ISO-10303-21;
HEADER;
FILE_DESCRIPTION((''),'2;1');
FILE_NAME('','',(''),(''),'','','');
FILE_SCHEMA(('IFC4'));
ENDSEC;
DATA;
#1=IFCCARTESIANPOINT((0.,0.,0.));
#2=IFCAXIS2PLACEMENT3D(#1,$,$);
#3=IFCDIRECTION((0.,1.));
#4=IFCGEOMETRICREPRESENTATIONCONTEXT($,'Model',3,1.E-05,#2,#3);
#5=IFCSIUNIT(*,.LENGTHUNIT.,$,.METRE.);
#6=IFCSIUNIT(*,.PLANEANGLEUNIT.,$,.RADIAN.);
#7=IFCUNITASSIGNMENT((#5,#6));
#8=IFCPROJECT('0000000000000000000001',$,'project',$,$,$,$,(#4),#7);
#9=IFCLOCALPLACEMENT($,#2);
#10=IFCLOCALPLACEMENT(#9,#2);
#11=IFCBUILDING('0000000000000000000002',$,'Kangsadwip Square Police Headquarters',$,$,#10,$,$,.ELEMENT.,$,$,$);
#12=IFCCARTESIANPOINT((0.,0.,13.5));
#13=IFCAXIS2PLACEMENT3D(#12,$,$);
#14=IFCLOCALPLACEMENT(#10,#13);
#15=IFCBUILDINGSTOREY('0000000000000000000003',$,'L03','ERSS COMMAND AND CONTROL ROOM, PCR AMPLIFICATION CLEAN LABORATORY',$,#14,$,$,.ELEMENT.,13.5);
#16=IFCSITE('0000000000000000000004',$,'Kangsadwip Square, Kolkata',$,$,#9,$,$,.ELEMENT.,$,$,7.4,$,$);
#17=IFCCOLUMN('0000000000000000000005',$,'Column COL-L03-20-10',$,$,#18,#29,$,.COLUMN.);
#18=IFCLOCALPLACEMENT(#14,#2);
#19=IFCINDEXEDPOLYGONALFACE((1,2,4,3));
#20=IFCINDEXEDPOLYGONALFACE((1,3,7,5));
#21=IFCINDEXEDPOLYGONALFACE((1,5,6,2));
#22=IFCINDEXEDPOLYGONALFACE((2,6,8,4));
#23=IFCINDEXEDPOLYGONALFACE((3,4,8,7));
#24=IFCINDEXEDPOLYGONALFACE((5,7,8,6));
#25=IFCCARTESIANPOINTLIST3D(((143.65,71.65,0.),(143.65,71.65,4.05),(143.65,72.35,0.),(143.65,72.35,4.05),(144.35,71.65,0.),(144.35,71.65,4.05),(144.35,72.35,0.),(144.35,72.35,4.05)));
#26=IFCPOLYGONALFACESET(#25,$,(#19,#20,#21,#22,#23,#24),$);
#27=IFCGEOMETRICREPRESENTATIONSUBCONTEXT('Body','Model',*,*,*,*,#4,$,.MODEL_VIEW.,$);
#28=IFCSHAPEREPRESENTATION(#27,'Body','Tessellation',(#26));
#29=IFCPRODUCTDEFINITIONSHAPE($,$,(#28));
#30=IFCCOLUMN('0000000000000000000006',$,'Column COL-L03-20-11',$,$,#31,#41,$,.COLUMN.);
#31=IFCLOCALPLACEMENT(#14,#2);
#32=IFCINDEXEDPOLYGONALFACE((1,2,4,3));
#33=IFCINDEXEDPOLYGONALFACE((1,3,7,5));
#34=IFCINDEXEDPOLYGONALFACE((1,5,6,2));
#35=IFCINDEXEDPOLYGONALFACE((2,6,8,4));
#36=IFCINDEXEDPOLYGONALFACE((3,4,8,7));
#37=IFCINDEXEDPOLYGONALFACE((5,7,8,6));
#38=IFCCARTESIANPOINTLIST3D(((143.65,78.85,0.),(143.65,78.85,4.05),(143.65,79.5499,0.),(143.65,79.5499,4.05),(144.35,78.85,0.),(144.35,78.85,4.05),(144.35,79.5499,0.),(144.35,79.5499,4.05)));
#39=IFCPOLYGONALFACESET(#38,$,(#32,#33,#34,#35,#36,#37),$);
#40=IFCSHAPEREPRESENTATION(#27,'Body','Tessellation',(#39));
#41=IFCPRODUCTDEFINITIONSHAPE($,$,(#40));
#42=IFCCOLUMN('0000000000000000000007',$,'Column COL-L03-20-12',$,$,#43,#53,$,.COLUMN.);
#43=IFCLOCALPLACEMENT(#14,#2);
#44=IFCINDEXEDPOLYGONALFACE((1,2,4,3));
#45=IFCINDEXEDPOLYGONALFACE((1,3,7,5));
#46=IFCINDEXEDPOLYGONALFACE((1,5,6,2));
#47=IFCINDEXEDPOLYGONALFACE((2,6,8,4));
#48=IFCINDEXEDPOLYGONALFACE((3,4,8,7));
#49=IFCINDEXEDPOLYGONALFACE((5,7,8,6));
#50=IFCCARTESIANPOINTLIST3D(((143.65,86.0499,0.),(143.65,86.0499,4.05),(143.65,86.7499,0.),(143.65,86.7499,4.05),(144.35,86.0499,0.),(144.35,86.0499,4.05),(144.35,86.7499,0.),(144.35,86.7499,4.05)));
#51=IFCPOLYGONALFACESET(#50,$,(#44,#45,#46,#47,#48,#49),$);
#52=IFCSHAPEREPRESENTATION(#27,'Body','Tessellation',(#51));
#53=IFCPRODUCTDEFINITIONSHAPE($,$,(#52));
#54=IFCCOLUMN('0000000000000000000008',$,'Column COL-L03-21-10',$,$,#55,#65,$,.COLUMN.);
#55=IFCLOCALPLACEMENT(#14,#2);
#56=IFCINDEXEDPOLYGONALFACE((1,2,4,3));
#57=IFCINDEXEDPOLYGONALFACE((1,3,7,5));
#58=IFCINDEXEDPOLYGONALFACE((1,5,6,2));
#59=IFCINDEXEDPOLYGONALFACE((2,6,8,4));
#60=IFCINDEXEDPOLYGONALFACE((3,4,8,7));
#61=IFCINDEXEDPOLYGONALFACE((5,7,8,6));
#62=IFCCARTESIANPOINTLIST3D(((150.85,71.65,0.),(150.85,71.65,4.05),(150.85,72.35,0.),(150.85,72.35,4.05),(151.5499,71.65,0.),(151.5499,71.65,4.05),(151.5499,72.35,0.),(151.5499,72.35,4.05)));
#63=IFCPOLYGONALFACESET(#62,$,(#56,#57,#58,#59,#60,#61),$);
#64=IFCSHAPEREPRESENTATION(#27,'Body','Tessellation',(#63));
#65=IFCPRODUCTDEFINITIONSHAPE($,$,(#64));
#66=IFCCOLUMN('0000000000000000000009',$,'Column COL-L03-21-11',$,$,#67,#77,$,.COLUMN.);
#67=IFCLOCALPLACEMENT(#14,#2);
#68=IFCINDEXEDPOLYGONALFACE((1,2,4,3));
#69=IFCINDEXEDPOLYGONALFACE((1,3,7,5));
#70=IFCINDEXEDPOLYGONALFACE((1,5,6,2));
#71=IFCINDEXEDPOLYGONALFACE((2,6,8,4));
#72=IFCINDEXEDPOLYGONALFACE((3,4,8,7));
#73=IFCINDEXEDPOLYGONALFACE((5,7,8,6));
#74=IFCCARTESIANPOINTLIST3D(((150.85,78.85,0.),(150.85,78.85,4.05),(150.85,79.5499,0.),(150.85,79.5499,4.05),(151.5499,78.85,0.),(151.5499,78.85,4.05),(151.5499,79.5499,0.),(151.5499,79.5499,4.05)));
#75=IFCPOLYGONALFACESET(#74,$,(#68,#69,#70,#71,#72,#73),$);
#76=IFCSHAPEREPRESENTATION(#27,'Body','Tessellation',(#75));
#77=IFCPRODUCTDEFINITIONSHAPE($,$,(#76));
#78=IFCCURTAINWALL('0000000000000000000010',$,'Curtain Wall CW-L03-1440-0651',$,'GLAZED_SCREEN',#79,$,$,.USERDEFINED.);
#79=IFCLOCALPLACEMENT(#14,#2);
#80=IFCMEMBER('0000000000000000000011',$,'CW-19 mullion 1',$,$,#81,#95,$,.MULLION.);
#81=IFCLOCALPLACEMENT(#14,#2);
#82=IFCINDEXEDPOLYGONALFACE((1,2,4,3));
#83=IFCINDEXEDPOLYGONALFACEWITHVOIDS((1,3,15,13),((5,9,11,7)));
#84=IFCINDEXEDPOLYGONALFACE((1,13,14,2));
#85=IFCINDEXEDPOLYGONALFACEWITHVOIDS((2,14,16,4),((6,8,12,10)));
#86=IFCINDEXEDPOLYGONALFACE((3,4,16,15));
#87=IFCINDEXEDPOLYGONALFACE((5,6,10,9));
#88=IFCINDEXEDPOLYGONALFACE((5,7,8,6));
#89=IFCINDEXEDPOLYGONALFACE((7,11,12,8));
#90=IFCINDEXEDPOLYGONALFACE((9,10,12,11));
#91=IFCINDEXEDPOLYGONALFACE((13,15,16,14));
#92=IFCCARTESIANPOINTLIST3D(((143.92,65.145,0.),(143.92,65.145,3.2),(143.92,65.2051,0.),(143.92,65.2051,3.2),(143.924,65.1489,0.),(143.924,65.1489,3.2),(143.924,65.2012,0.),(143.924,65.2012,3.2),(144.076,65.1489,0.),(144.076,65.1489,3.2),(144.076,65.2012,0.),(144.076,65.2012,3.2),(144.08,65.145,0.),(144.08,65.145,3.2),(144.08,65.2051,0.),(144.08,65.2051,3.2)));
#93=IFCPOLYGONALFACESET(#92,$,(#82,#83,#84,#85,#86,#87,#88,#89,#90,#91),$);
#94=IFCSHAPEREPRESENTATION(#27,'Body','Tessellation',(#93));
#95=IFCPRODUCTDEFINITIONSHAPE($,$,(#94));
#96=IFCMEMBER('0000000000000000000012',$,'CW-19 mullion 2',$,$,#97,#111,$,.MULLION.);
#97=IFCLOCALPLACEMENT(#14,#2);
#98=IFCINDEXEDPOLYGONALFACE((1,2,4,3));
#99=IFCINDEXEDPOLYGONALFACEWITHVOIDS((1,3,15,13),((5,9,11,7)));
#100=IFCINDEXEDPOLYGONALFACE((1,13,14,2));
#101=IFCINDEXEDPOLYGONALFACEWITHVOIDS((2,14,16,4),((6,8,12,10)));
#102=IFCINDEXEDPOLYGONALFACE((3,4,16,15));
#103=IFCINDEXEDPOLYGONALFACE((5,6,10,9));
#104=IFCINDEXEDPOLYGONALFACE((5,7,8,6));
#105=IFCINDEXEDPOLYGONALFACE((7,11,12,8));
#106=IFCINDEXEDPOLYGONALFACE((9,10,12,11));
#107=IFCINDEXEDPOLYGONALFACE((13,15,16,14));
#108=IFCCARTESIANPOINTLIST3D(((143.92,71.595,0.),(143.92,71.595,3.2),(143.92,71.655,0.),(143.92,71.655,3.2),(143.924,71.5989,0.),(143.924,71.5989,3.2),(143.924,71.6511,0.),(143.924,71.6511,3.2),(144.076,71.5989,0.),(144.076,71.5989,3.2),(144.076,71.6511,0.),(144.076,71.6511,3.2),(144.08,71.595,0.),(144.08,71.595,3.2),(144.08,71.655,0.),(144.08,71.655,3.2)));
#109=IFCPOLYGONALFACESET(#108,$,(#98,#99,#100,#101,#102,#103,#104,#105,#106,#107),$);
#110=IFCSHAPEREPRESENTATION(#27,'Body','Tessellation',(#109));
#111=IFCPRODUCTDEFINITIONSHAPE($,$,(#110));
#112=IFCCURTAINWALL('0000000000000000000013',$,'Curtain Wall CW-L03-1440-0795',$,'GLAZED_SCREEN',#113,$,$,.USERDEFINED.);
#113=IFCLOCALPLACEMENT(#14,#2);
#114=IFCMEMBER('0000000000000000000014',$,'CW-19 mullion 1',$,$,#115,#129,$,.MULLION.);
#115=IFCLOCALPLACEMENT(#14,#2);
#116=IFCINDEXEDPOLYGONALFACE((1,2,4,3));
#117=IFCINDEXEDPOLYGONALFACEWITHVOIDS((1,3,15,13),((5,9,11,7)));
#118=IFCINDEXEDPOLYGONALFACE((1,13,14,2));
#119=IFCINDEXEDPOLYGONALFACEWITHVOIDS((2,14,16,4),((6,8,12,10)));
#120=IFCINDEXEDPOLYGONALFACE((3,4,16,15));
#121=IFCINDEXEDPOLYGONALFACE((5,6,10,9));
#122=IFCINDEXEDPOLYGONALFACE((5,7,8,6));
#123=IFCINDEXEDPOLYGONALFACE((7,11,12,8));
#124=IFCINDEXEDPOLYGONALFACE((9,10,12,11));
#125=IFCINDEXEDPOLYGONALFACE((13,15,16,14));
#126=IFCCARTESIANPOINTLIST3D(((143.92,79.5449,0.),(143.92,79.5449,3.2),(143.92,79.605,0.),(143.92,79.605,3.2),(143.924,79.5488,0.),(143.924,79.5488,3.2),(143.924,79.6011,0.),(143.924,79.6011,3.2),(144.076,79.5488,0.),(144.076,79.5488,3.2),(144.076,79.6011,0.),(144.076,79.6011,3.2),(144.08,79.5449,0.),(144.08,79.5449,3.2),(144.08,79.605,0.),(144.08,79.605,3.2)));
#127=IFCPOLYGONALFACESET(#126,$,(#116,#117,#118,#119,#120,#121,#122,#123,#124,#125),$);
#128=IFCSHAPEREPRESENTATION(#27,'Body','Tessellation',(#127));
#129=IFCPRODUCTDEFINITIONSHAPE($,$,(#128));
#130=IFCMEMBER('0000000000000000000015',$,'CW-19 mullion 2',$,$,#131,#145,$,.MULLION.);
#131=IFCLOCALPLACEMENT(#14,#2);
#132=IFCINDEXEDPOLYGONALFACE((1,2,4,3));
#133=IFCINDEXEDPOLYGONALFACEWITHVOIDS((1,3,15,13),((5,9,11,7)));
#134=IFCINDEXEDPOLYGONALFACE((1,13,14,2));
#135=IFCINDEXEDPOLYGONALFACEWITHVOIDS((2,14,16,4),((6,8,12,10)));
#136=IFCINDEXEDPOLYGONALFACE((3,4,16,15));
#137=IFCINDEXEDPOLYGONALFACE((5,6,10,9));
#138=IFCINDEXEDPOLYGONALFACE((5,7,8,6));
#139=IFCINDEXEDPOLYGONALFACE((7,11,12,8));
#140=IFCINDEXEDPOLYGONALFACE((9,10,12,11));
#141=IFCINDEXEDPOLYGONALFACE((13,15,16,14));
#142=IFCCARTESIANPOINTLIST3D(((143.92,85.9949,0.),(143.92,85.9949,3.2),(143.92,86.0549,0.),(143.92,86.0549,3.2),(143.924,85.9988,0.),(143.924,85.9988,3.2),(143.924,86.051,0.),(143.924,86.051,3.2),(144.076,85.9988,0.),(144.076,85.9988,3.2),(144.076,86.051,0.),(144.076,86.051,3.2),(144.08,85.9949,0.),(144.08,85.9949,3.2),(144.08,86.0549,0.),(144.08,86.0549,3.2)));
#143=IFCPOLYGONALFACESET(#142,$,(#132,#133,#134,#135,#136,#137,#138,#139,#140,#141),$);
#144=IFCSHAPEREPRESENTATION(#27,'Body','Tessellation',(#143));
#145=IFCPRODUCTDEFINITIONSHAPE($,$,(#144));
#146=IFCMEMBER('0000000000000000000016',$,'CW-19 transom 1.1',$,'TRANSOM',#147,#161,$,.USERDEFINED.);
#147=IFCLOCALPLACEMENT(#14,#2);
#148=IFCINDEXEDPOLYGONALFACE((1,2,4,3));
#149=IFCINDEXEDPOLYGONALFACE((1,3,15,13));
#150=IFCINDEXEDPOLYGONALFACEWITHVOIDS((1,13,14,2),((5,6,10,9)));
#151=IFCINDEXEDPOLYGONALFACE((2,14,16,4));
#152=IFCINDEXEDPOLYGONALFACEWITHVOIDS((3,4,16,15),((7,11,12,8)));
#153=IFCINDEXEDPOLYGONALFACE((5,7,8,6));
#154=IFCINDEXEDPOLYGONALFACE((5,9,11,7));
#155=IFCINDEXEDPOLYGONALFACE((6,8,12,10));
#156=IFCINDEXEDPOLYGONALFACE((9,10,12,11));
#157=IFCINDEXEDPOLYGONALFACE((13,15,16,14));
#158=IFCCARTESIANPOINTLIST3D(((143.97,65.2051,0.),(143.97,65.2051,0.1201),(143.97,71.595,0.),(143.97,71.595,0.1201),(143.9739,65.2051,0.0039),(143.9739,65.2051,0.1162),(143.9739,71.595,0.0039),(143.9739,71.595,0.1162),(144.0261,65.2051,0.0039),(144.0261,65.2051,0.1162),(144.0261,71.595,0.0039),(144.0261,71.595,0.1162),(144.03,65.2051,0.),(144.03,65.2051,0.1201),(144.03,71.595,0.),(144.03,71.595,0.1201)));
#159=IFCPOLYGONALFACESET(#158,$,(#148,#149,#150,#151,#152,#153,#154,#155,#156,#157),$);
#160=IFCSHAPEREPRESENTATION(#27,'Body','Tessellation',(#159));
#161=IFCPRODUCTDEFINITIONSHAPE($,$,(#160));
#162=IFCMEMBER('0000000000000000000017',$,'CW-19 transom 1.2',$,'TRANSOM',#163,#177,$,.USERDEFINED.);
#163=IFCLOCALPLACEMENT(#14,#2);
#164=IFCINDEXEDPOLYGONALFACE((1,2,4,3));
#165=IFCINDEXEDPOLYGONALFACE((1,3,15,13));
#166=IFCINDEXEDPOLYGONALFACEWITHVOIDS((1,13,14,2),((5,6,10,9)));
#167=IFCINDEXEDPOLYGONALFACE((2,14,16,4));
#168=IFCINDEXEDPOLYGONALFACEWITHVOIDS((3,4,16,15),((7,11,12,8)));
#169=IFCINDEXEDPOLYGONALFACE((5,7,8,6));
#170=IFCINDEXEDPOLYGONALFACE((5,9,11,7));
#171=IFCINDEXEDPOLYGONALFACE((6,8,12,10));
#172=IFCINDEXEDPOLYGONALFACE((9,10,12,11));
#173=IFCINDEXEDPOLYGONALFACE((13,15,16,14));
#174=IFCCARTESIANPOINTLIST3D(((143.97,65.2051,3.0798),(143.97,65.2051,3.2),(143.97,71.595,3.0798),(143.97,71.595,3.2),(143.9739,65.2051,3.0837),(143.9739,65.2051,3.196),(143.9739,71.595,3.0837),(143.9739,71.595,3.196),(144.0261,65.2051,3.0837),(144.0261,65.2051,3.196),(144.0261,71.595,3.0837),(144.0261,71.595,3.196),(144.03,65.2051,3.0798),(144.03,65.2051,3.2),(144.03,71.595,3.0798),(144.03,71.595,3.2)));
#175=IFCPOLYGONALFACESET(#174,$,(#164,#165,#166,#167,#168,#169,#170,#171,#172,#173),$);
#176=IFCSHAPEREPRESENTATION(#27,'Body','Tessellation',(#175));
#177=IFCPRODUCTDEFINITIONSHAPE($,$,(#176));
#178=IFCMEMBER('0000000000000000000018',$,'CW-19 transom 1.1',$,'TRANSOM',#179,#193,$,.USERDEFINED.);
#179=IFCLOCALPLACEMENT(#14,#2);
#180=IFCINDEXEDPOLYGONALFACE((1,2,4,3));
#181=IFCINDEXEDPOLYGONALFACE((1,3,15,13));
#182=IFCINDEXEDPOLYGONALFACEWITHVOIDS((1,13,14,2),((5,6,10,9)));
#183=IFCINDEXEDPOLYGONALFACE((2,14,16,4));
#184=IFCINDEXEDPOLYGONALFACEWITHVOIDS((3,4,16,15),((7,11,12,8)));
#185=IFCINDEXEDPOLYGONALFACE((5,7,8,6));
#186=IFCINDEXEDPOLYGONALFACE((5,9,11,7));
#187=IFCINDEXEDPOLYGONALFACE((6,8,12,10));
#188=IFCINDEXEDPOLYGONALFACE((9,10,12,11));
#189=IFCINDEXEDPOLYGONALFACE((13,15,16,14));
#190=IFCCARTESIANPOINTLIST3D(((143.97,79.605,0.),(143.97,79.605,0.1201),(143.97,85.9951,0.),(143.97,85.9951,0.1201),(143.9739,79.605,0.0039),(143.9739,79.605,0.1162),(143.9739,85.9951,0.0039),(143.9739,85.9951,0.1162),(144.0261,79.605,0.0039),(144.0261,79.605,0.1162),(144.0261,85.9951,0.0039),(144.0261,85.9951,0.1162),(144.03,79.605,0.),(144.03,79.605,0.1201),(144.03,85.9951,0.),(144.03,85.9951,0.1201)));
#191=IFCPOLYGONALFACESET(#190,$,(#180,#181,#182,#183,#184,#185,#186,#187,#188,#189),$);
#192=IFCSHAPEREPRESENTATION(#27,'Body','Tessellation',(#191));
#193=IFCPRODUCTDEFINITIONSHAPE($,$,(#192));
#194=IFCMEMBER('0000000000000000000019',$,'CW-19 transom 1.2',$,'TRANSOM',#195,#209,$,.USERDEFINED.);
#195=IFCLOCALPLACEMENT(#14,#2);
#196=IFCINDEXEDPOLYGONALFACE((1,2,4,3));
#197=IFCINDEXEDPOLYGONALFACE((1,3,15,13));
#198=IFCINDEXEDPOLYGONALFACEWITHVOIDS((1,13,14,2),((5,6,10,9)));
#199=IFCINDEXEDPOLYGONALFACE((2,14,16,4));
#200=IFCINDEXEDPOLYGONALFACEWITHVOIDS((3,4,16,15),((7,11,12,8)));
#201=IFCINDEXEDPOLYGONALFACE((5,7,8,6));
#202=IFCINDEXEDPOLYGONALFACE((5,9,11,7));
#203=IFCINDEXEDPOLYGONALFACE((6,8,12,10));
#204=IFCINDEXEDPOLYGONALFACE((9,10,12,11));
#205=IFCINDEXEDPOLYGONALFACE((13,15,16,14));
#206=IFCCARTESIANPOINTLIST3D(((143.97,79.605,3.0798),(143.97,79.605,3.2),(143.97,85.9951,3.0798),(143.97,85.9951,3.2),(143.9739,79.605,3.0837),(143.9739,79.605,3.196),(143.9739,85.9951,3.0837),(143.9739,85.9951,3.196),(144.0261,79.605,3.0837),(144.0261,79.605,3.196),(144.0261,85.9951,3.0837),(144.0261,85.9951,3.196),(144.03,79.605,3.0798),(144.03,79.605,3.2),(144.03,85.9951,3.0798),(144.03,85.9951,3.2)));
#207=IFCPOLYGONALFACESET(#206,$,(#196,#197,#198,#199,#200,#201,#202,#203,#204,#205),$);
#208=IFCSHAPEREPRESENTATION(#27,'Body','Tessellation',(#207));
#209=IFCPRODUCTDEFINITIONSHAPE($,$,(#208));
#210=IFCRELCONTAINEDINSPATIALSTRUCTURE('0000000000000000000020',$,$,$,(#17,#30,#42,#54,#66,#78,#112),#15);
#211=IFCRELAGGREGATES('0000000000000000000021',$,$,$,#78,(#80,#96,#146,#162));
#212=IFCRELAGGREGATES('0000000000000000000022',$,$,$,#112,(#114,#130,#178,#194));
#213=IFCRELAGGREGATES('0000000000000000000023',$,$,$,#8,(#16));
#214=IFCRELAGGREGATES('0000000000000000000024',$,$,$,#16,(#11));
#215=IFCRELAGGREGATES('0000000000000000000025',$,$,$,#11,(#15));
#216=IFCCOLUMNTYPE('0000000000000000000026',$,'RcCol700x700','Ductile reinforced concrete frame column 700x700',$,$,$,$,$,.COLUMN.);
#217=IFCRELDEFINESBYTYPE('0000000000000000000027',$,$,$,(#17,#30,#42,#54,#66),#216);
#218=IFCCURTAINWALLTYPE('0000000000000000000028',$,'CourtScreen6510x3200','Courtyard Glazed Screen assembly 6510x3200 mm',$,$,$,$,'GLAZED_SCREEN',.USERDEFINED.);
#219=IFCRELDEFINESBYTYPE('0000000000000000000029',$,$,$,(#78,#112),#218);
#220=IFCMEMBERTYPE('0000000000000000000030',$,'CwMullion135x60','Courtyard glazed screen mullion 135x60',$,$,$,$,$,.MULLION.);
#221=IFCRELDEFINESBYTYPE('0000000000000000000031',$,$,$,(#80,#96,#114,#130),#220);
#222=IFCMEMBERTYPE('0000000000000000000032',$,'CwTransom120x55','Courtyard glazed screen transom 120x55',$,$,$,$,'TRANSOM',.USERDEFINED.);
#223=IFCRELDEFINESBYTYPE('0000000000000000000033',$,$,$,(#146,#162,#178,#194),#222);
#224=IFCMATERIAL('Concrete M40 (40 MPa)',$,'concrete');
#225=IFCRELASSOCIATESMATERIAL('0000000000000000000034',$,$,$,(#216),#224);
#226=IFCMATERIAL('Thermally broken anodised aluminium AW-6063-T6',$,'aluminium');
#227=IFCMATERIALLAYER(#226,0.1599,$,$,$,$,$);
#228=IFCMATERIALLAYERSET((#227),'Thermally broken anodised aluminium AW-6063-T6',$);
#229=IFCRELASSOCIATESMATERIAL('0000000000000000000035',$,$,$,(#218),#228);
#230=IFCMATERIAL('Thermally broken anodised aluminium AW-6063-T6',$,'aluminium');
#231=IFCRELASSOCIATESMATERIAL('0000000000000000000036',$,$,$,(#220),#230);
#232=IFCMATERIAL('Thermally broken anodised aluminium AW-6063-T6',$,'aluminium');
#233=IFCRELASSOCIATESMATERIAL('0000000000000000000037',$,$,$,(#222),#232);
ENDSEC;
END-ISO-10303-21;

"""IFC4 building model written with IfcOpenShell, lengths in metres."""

from ifc_helpers import new_model, si_unit, direction, frame, origin, origin_2d, place, context, subcontext, project, spatial, rectangle, hollow_rectangle, extrude, material, layer, layer_set, material_profile, profile_set, type_object, element, aggregate, save


model = new_model("IFC4")

# Units and contexts
model_context = context("Model", 3, precision=1e-05, world=origin(), true_north=direction((0.0, 1.0)))
body_context = subcontext(model_context, "Body", "Model", "MODEL_VIEW")
ifc_project = project(units=[si_unit("LENGTHUNIT", "METRE"), si_unit("PLANEANGLEUNIT", "RADIAN")], contexts=[model_context])

# Site, building, storey
site_placement = place(None, origin())
site = spatial("IfcSite", under=ifc_project, at=site_placement, Name="Kangsadwip Square, Kolkata", CompositionType="ELEMENT", RefElevation=7.4)
building_placement = place(site_placement, origin())
building = spatial("IfcBuilding", under=site, at=building_placement, Name="Kangsadwip Square Police Headquarters", CompositionType="ELEMENT")
storey_placement = place(building_placement, frame((0.0, 0.0, 13.5)))
storey = spatial("IfcBuildingStorey", under=building, at=storey_placement, Name="L03", Description="ERSS COMMAND AND CONTROL ROOM, PCR AMPLIFICATION CLEAN LABORATORY", CompositionType="ELEMENT", Elevation=13.5)

# Columns
ifc_material_1 = material(Name="Concrete M40 (40 MPa)", Category="concrete")
ifc_material_profile_1 = material_profile(ifc_material_1, rectangle(XDim=0.7, YDim=0.7, at=origin_2d()), Name="RC COL 700X700")
ifc_profile_set_1 = profile_set([ifc_material_profile_1], Name="Concrete M40 (40 MPa)")
column_type = type_object("IfcColumnType", Name="RcCol700x700", Description="Ductile reinforced concrete frame column 700x700", PredefinedType="COLUMN", material=ifc_profile_set_1)
for number, where, z_axis, x_axis, name in (
    (1, (144.0, 72.0, 0.0), (0.0, 0.0, 1.0), (1.0, 0.0, 0.0), "Column COL-L03-20-10"),
    (2, (144.0, 79.2, 0.0), (0.0, 0.0, 1.0), (1.0, 0.0, 0.0), "Column COL-L03-20-11"),
    (3, (144.0, 86.3999, 0.0), (0.0, 0.0, 1.0), (1.0, 0.0, 0.0), "Column COL-L03-20-12"),
    (4, (151.2, 72.0, 0.0), (0.0, 0.0, 1.0), (1.0, 0.0, 0.0), "Column COL-L03-21-10"),
    (5, (151.2, 79.2, 0.0), (0.0, 0.0, 1.0), (1.0, 0.0, 0.0), "Column COL-L03-21-11"),
):
    element("IfcColumn", number, at=place(storey_placement, frame(where, z_axis=z_axis, x_axis=x_axis)), inside=storey, type_object=column_type, Name=name, PredefinedType="COLUMN", context=body_context, shape_type="SweptSolid", body=[
        extrude(rectangle(XDim=0.7, YDim=0.7, at=origin_2d()), origin(), (0.0, 0.0, 1.0), 4.05),
    ])

# Curtain walls, members
ifc_material_2 = material(Name="Thermally broken anodised aluminium AW-6063-T6", Category="aluminium")
ifc_layer_1 = layer(ifc_material_2, 0.1599)
ifc_layer_set_1 = layer_set([ifc_layer_1], Name="Thermally broken anodised aluminium AW-6063-T6")
curtain_wall_type = type_object("IfcCurtainWallType", Name="CourtScreen6510x3200", Description="Courtyard Glazed Screen assembly 6510x3200 mm", ElementType="GLAZED_SCREEN", PredefinedType="USERDEFINED", material=ifc_layer_set_1)
curtain_wall_1_placement = place(storey_placement, origin())
curtain_wall_1 = element("IfcCurtainWall", 6, at=curtain_wall_1_placement, inside=storey, type_object=curtain_wall_type, Name="Curtain Wall CW-L03-1440-0651", ObjectType="GLAZED_SCREEN", PredefinedType="USERDEFINED")
ifc_material_3 = material(Name="Thermally broken anodised aluminium AW-6063-T6", Category="aluminium")
ifc_material_profile_2 = material_profile(ifc_material_3, hollow_rectangle(XDim=0.0601, YDim=0.1599, WallThickness=0.0039, at=origin_2d()), Name="CWM 160X60X4")
ifc_profile_set_2 = profile_set([ifc_material_profile_2], Name="Thermally broken anodised aluminium AW-6063-T6")
member_type_1 = type_object("IfcMemberType", Name="CwMullion135x60", Description="Courtyard glazed screen mullion 135x60", PredefinedType="MULLION", material=ifc_profile_set_2)
member_1_placement = place(storey_placement, frame((144.0, 65.175, 0.0), z_axis=(0.0, 0.0, 1.0), x_axis=(0.0, 1.0, 0.0)))
member_1 = element("IfcMember", 7, at=member_1_placement, type_object=member_type_1, Name="CW-19 mullion 1", PredefinedType="MULLION", context=body_context, shape_type="SweptSolid", body=[
    extrude(hollow_rectangle(XDim=0.0601, YDim=0.1599, WallThickness=0.0039, at=origin_2d()), origin(), (0.0, 0.0, 1.0), 3.2),
])
member_2_placement = place(storey_placement, frame((144.0, 71.625, 0.0), z_axis=(0.0, 0.0, 1.0), x_axis=(0.0, 1.0, 0.0)))
member_2 = element("IfcMember", 8, at=member_2_placement, type_object=member_type_1, Name="CW-19 mullion 2", PredefinedType="MULLION", context=body_context, shape_type="SweptSolid", body=[
    extrude(hollow_rectangle(XDim=0.0601, YDim=0.1599, WallThickness=0.0039, at=origin_2d()), origin(), (0.0, 0.0, 1.0), 3.2),
])
curtain_wall_2_placement = place(storey_placement, origin())
curtain_wall_2 = element("IfcCurtainWall", 9, at=curtain_wall_2_placement, inside=storey, type_object=curtain_wall_type, Name="Curtain Wall CW-L03-1440-0795", ObjectType="GLAZED_SCREEN", PredefinedType="USERDEFINED")
member_3_placement = place(storey_placement, frame((144.0, 79.575, 0.0), z_axis=(0.0, 0.0, 1.0), x_axis=(0.0, 1.0, 0.0)))
member_3 = element("IfcMember", 10, at=member_3_placement, type_object=member_type_1, Name="CW-19 mullion 1", PredefinedType="MULLION", context=body_context, shape_type="SweptSolid", body=[
    extrude(hollow_rectangle(XDim=0.0601, YDim=0.1599, WallThickness=0.0039, at=origin_2d()), origin(), (0.0, 0.0, 1.0), 3.2),
])
member_4_placement = place(storey_placement, frame((144.0, 86.0249, 0.0), z_axis=(0.0, 0.0, 1.0), x_axis=(0.0, 1.0, 0.0)))
member_4 = element("IfcMember", 11, at=member_4_placement, type_object=member_type_1, Name="CW-19 mullion 2", PredefinedType="MULLION", context=body_context, shape_type="SweptSolid", body=[
    extrude(hollow_rectangle(XDim=0.0601, YDim=0.1599, WallThickness=0.0039, at=origin_2d()), origin(), (0.0, 0.0, 1.0), 3.2),
])

# Members
ifc_material_4 = material(Name="Thermally broken anodised aluminium AW-6063-T6", Category="aluminium")
ifc_material_profile_3 = material_profile(ifc_material_4, hollow_rectangle(XDim=0.0601, YDim=0.1201, WallThickness=0.0039, at=origin_2d()), Name="CWT 120X60X4")
ifc_profile_set_3 = profile_set([ifc_material_profile_3], Name="Thermally broken anodised aluminium AW-6063-T6")
member_type_2 = type_object("IfcMemberType", Name="CwTransom120x55", Description="Courtyard glazed screen transom 120x55", ElementType="TRANSOM", PredefinedType="USERDEFINED", material=ifc_profile_set_3)
member_5_placement = place(storey_placement, frame((144.0, 65.2051, 0.0601), z_axis=(0.0, 1.0, 0.0), x_axis=(-1.0, 0.0, 0.0)))
member_5 = element("IfcMember", 12, at=member_5_placement, type_object=member_type_2, Name="CW-19 transom 1.1", ObjectType="TRANSOM", PredefinedType="USERDEFINED", context=body_context, shape_type="SweptSolid", body=[
    extrude(hollow_rectangle(XDim=0.0601, YDim=0.1201, WallThickness=0.0039, at=origin_2d()), origin(), (0.0, 0.0, 1.0), 6.3899),
])
member_6_placement = place(storey_placement, frame((144.0, 65.2051, 3.1399), z_axis=(0.0, 1.0, 0.0), x_axis=(-1.0, 0.0, 0.0)))
member_6 = element("IfcMember", 13, at=member_6_placement, type_object=member_type_2, Name="CW-19 transom 1.2", ObjectType="TRANSOM", PredefinedType="USERDEFINED", context=body_context, shape_type="SweptSolid", body=[
    extrude(hollow_rectangle(XDim=0.0601, YDim=0.1201, WallThickness=0.0039, at=origin_2d()), origin(), (0.0, 0.0, 1.0), 6.3899),
])
member_7_placement = place(storey_placement, frame((144.0, 79.605, 0.0601), z_axis=(0.0, 1.0, 0.0), x_axis=(-1.0, 0.0, 0.0)))
member_7 = element("IfcMember", 14, at=member_7_placement, type_object=member_type_2, Name="CW-19 transom 1.1", ObjectType="TRANSOM", PredefinedType="USERDEFINED", context=body_context, shape_type="SweptSolid", body=[
    extrude(hollow_rectangle(XDim=0.0601, YDim=0.1201, WallThickness=0.0039, at=origin_2d()), origin(), (0.0, 0.0, 1.0), 6.3901),
])
member_8_placement = place(storey_placement, frame((144.0, 79.605, 3.1399), z_axis=(0.0, 1.0, 0.0), x_axis=(-1.0, 0.0, 0.0)))
member_8 = element("IfcMember", 15, at=member_8_placement, type_object=member_type_2, Name="CW-19 transom 1.2", ObjectType="TRANSOM", PredefinedType="USERDEFINED", context=body_context, shape_type="SweptSolid", body=[
    extrude(hollow_rectangle(XDim=0.0601, YDim=0.1201, WallThickness=0.0039, at=origin_2d()), origin(), (0.0, 0.0, 1.0), 6.3901),
])

aggregate(curtain_wall_1, [member_1, member_2, member_5, member_6])
aggregate(curtain_wall_2, [member_3, member_4, member_7, member_8])

save(model, "model.ifc")
